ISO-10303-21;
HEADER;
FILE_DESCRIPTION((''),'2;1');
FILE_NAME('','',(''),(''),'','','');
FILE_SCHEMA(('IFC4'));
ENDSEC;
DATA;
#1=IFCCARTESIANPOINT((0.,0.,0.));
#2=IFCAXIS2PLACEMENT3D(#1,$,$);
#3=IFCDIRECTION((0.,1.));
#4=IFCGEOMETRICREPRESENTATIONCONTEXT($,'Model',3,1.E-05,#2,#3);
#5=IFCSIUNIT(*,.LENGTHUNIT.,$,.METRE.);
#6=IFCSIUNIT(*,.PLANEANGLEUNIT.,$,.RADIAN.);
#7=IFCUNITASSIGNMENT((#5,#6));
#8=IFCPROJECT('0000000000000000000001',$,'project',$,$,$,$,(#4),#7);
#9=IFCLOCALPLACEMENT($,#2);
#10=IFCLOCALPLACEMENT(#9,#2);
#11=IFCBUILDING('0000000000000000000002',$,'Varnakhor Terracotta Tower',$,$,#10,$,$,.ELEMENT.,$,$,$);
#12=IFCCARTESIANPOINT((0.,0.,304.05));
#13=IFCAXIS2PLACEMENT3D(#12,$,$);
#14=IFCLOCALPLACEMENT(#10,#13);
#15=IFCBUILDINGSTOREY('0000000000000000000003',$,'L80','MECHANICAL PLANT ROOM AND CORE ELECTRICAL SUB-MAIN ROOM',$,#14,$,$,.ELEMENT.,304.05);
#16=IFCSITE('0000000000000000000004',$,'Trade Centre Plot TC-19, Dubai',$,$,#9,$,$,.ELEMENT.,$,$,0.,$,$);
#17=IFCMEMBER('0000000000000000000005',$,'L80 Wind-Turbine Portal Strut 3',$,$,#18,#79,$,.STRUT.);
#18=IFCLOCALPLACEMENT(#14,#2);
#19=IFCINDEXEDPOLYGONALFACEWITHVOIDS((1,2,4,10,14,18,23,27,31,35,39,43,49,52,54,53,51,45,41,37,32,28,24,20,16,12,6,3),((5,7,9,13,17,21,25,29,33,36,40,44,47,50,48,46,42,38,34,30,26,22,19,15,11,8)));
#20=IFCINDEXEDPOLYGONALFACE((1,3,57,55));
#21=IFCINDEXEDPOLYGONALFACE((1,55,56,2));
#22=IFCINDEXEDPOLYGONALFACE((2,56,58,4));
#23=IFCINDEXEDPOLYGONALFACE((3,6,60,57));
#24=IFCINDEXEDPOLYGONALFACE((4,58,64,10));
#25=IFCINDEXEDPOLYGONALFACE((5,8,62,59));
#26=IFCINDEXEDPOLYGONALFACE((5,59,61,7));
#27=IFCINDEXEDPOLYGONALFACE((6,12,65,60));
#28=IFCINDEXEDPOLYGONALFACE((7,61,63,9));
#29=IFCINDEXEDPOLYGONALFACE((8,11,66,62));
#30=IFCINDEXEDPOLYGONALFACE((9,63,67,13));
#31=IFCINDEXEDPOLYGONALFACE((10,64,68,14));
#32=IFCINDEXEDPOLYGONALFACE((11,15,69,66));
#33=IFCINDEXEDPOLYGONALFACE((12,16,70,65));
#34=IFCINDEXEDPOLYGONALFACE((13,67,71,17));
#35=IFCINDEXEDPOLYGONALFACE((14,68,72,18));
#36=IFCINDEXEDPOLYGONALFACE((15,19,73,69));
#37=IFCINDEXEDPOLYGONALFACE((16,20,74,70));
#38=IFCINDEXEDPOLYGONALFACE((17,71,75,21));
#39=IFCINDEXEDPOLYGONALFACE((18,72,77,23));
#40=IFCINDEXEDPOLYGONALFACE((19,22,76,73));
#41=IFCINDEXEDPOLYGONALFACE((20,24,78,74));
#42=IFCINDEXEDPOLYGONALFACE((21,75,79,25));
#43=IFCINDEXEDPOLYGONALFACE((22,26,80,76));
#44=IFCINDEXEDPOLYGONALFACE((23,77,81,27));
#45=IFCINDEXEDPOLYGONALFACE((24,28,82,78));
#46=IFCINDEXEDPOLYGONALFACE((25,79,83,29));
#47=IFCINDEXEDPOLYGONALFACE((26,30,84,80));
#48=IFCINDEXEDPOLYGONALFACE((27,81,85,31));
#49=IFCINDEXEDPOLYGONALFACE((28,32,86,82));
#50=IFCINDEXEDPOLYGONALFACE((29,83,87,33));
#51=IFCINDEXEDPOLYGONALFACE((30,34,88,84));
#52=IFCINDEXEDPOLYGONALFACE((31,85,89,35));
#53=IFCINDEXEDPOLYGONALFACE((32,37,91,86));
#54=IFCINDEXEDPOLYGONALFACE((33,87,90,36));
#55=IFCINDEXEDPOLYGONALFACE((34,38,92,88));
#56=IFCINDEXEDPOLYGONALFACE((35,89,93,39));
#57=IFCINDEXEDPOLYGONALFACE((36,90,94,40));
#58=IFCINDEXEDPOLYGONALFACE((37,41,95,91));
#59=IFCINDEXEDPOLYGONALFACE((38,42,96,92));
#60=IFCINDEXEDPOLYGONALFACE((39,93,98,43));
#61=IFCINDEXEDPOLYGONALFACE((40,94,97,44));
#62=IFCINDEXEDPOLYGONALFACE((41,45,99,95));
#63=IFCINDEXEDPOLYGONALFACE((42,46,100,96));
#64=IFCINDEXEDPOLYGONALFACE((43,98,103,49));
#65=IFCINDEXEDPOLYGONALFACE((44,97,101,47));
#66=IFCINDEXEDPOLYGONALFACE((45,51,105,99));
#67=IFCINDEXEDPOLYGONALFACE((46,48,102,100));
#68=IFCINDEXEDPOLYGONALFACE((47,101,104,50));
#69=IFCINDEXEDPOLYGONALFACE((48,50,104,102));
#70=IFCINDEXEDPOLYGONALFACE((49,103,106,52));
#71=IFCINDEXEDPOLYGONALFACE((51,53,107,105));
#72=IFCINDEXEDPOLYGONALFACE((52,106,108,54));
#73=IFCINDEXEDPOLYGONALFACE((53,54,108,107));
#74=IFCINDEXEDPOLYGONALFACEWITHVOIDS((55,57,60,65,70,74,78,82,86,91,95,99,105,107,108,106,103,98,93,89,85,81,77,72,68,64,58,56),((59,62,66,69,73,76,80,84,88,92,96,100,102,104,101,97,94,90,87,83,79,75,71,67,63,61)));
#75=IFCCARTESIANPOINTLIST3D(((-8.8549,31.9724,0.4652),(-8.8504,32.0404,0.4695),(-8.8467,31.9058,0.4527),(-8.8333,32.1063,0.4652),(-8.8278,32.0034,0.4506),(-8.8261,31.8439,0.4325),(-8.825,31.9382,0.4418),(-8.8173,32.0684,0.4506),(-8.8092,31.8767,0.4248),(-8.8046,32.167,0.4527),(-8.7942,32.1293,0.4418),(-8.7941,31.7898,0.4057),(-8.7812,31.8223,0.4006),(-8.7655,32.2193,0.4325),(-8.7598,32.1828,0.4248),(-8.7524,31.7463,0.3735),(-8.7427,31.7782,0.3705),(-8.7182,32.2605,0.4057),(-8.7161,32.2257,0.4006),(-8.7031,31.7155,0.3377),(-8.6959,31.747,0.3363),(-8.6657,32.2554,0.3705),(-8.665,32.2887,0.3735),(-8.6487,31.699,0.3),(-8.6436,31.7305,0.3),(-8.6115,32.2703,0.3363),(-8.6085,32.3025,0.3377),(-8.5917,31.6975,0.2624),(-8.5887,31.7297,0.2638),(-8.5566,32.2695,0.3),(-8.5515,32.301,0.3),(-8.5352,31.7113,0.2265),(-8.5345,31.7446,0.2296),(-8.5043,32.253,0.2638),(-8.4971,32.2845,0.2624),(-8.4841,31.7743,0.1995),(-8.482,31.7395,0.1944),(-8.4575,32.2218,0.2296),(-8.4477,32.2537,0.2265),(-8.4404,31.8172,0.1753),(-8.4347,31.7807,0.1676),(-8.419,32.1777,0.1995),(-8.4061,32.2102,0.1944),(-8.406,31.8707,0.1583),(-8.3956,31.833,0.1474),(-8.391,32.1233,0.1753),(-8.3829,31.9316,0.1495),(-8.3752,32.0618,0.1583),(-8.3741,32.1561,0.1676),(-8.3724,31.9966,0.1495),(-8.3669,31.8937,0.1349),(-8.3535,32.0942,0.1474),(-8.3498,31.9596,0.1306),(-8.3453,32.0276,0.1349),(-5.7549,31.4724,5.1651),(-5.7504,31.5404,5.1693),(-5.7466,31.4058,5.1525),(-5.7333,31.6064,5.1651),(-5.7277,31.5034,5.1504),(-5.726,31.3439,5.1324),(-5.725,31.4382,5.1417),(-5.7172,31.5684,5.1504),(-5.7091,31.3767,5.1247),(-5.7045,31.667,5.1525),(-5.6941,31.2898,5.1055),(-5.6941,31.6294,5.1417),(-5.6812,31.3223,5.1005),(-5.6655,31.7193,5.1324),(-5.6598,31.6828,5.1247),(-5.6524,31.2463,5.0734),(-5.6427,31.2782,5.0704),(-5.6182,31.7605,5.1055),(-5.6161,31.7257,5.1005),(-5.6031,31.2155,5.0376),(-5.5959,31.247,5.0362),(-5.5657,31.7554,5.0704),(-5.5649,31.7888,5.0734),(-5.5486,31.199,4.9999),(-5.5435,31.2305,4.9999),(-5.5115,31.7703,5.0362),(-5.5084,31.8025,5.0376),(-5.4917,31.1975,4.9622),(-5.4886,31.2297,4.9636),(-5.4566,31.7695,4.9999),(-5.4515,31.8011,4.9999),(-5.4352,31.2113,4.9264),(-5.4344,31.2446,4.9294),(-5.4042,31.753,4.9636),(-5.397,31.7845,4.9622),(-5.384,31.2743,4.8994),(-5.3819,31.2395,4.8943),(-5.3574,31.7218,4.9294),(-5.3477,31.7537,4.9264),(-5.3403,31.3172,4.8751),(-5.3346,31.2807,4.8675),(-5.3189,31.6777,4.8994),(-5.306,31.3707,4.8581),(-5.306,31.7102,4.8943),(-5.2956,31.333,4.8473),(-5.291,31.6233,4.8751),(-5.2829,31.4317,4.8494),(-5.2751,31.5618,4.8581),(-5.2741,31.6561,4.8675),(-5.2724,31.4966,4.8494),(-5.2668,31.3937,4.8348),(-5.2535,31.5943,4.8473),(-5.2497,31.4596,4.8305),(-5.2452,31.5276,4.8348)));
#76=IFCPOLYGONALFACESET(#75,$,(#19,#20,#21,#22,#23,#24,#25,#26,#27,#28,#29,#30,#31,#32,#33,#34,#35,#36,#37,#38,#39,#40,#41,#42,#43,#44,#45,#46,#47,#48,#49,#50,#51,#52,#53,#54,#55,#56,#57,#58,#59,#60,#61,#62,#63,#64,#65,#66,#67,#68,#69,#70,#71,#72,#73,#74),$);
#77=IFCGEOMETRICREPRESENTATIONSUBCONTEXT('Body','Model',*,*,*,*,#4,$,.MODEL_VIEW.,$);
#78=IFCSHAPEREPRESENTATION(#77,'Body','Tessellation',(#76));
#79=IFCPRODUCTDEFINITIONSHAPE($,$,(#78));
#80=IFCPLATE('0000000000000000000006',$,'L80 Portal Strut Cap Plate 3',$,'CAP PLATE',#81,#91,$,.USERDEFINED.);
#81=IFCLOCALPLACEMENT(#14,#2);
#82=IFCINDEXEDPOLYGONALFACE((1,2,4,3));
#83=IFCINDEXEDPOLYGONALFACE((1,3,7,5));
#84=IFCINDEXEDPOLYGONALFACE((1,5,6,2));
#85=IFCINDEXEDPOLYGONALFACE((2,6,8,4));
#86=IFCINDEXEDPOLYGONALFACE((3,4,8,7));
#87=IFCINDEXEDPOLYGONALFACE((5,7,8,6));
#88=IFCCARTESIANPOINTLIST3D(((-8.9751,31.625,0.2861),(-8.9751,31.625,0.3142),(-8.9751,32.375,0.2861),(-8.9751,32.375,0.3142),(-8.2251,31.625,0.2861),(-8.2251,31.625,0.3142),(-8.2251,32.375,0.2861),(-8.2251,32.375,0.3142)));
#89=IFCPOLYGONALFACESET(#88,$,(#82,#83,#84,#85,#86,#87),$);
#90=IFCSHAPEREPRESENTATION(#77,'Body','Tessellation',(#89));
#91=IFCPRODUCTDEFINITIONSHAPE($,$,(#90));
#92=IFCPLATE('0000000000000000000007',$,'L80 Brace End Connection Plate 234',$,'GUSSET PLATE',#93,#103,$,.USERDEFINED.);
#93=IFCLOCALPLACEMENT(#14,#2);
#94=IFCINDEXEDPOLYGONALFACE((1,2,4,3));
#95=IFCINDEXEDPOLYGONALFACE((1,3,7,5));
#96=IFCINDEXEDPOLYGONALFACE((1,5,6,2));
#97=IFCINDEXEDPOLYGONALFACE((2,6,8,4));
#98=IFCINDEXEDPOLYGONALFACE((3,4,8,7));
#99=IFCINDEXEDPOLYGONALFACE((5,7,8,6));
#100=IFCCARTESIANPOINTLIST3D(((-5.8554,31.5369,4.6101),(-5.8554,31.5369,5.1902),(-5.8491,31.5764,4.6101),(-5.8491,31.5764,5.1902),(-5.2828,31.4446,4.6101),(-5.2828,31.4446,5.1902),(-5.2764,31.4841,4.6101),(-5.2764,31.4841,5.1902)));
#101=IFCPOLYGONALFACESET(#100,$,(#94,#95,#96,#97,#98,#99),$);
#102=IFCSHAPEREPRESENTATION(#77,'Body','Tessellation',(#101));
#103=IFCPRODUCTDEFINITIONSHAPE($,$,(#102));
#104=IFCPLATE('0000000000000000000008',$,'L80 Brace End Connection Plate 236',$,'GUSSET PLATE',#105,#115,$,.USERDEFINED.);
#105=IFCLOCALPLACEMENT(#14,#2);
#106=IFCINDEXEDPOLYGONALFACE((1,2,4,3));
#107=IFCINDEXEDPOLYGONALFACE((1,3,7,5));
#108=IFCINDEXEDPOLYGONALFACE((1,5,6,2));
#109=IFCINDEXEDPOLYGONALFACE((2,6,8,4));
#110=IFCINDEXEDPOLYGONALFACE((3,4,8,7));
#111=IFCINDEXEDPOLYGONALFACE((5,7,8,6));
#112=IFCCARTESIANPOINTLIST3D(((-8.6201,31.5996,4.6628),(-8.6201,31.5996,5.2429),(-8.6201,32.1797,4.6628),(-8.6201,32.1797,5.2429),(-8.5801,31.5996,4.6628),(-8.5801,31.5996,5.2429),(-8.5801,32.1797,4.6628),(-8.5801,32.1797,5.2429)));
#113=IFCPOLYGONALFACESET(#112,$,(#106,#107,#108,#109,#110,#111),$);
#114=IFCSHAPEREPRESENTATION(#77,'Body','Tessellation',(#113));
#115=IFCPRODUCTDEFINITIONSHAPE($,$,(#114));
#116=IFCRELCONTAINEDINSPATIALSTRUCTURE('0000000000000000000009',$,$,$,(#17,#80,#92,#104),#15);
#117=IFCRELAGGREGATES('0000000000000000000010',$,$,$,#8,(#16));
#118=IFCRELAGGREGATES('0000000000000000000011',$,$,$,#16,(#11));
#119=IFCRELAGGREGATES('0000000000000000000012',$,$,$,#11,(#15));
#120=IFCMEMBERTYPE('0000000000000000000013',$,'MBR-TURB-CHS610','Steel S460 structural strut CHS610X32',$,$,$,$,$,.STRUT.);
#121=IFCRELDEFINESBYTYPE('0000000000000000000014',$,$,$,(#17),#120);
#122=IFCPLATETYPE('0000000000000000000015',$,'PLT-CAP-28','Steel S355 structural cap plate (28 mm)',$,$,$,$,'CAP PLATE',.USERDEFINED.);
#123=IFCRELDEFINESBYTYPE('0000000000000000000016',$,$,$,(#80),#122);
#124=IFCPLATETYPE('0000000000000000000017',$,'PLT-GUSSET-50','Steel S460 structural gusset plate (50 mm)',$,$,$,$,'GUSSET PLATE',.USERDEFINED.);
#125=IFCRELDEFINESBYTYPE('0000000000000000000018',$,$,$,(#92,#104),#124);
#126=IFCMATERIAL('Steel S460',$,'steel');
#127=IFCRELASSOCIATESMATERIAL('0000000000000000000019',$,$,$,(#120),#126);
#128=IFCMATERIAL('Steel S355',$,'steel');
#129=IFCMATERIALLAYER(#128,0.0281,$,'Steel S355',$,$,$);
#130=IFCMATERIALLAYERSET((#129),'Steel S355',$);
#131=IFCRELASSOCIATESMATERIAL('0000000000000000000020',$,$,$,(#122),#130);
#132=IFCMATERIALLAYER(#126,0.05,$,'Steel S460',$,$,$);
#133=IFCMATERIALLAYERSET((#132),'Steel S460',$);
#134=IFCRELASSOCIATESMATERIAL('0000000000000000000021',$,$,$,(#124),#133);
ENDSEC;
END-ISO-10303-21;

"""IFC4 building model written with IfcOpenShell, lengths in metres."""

from ifc_helpers import new_model, si_unit, direction, frame, origin, origin_2d, place, context, subcontext, project, spatial, rectangle, hollow_circle, extrude, source, transform, mapped, material, layer, layer_set, material_profile, profile_set, type_object, type_shapes, element, save


model = new_model("IFC4")

# Units and contexts
model_context = context("Model", 3, precision=1e-05, world=origin(), true_north=direction((0.0, 1.0)))
body_context = subcontext(model_context, "Body", "Model", "MODEL_VIEW")
ifc_project = project(units=[si_unit("LENGTHUNIT", "METRE"), si_unit("PLANEANGLEUNIT", "RADIAN")], contexts=[model_context])

# Site, building, storey
site_placement = place(None, origin())
site = spatial("IfcSite", under=ifc_project, at=site_placement, Name="Trade Centre Plot TC-19, Dubai", CompositionType="ELEMENT", RefElevation=0.0)
building_placement = place(site_placement, origin())
building = spatial("IfcBuilding", under=site, at=building_placement, Name="Varnakhor Terracotta Tower", CompositionType="ELEMENT")
storey_placement = place(building_placement, frame((0.0, 0.0, 304.05)))
storey = spatial("IfcBuildingStorey", under=building, at=storey_placement, Name="L80", Description="MECHANICAL PLANT ROOM AND CORE ELECTRICAL SUB-MAIN ROOM", CompositionType="ELEMENT", Elevation=304.05)

# Shared definitions
ifc_material_1 = material(Name="Steel S355", Category="steel")

# Member
ifc_material_2 = material(Name="Steel S460", Category="steel")
ifc_material_profile_1 = material_profile(ifc_material_2, hollow_circle(Radius=0.3049, WallThickness=0.032, at=origin_2d()), Name="CHS610X32")
ifc_profile_set_1 = profile_set([ifc_material_profile_1], Name="Steel S460")
member_type = type_object("IfcMemberType", Name="MBR-TURB-CHS610", Description="Steel S460 structural strut CHS610X32", PredefinedType="STRUT", material=ifc_profile_set_1)
shared_shape_1 = source(origin(), body_context, "Body", "SweptSolid", [
    extrude(hollow_circle(Radius=0.3049, WallThickness=0.032, at=origin_2d()), origin(), (0.0, 0.0, 1.0), 5.6523),
])
member_placement = place(storey_placement, frame((-8.6001, 32.0, 0.3), z_axis=(0.548452, -0.088457, 0.83149), x_axis=(0.159228, 0.987242, 0.0)))
element("IfcMember", 1, at=member_placement, inside=storey, type_object=member_type, Name="L80 Wind-Turbine Portal Strut 3", PredefinedType="STRUT", context=body_context, shape_type="MappedRepresentation", body=[
    mapped(shared_shape_1, transform((0.0, 0.0, 0.0), scale=1.0)),
])

# Plates
ifc_layer_1 = layer(ifc_material_1, 0.0281, Name="Steel S355")
ifc_layer_set_1 = layer_set([ifc_layer_1], Name="Steel S355")
plate_type_1 = type_object("IfcPlateType", Name="PLT-CAP-28", Description="Steel S355 structural cap plate (28 mm)", ElementType="CAP PLATE", PredefinedType="USERDEFINED", material=ifc_layer_set_1)
shared_shape_2 = source(origin(), body_context, "Body", "SweptSolid", [
    extrude(rectangle(XDim=0.75, YDim=0.75, at=origin_2d()), origin(), (0.0, 0.0, 1.0), 0.0281),
])
type_shapes(plate_type_1, [shared_shape_2])
plate_placement = place(storey_placement, frame((-8.6001, 32.0, 0.2861), z_axis=(0.0, 0.0, 1.0), x_axis=(1.0, 0.0, 0.0)))
element("IfcPlate", 2, at=plate_placement, inside=storey, type_object=plate_type_1, Name="L80 Portal Strut Cap Plate 3", ObjectType="CAP PLATE", PredefinedType="USERDEFINED", context=body_context, shape_type="MappedRepresentation", body=[
    mapped(shared_shape_2, transform((0.0, 0.0, 0.0), scale=1.0)),
])
ifc_layer_2 = layer(ifc_material_2, 0.05, Name="Steel S460")
ifc_layer_set_2 = layer_set([ifc_layer_2], Name="Steel S460")
plate_type_2 = type_object("IfcPlateType", Name="PLT-GUSSET-50", Description="Steel S460 structural gusset plate (50 mm)", ElementType="GUSSET PLATE", PredefinedType="USERDEFINED", material=ifc_layer_set_2)
shared_shape_3 = source(origin(), body_context, "Body", "SweptSolid", [
    extrude(rectangle(XDim=0.5801, YDim=0.04, at=origin_2d()), origin(), (0.0, 0.0, 1.0), 0.5801),
])
for number, where, z_axis, x_axis, name in (
    (3, (-5.5659, 31.5105, 4.6101), (0.0, 0.0, 1.0), (0.987242, -0.159226, 0.0), "L80 Brace End Connection Plate 234"),
    (4, (-8.6001, 31.8896, 4.6628), (0.0, 0.0, 1.0), (0.0, 1.0, 0.0), "L80 Brace End Connection Plate 236"),
):
    element("IfcPlate", number, at=place(storey_placement, frame(where, z_axis=z_axis, x_axis=x_axis)), inside=storey, type_object=plate_type_2, Name=name, ObjectType="GUSSET PLATE", PredefinedType="USERDEFINED", context=body_context, shape_type="MappedRepresentation", body=[
        mapped(shared_shape_3, transform((0.0, 0.0, 0.0), scale=1.0)),
    ])

save(model, "model.ifc")
